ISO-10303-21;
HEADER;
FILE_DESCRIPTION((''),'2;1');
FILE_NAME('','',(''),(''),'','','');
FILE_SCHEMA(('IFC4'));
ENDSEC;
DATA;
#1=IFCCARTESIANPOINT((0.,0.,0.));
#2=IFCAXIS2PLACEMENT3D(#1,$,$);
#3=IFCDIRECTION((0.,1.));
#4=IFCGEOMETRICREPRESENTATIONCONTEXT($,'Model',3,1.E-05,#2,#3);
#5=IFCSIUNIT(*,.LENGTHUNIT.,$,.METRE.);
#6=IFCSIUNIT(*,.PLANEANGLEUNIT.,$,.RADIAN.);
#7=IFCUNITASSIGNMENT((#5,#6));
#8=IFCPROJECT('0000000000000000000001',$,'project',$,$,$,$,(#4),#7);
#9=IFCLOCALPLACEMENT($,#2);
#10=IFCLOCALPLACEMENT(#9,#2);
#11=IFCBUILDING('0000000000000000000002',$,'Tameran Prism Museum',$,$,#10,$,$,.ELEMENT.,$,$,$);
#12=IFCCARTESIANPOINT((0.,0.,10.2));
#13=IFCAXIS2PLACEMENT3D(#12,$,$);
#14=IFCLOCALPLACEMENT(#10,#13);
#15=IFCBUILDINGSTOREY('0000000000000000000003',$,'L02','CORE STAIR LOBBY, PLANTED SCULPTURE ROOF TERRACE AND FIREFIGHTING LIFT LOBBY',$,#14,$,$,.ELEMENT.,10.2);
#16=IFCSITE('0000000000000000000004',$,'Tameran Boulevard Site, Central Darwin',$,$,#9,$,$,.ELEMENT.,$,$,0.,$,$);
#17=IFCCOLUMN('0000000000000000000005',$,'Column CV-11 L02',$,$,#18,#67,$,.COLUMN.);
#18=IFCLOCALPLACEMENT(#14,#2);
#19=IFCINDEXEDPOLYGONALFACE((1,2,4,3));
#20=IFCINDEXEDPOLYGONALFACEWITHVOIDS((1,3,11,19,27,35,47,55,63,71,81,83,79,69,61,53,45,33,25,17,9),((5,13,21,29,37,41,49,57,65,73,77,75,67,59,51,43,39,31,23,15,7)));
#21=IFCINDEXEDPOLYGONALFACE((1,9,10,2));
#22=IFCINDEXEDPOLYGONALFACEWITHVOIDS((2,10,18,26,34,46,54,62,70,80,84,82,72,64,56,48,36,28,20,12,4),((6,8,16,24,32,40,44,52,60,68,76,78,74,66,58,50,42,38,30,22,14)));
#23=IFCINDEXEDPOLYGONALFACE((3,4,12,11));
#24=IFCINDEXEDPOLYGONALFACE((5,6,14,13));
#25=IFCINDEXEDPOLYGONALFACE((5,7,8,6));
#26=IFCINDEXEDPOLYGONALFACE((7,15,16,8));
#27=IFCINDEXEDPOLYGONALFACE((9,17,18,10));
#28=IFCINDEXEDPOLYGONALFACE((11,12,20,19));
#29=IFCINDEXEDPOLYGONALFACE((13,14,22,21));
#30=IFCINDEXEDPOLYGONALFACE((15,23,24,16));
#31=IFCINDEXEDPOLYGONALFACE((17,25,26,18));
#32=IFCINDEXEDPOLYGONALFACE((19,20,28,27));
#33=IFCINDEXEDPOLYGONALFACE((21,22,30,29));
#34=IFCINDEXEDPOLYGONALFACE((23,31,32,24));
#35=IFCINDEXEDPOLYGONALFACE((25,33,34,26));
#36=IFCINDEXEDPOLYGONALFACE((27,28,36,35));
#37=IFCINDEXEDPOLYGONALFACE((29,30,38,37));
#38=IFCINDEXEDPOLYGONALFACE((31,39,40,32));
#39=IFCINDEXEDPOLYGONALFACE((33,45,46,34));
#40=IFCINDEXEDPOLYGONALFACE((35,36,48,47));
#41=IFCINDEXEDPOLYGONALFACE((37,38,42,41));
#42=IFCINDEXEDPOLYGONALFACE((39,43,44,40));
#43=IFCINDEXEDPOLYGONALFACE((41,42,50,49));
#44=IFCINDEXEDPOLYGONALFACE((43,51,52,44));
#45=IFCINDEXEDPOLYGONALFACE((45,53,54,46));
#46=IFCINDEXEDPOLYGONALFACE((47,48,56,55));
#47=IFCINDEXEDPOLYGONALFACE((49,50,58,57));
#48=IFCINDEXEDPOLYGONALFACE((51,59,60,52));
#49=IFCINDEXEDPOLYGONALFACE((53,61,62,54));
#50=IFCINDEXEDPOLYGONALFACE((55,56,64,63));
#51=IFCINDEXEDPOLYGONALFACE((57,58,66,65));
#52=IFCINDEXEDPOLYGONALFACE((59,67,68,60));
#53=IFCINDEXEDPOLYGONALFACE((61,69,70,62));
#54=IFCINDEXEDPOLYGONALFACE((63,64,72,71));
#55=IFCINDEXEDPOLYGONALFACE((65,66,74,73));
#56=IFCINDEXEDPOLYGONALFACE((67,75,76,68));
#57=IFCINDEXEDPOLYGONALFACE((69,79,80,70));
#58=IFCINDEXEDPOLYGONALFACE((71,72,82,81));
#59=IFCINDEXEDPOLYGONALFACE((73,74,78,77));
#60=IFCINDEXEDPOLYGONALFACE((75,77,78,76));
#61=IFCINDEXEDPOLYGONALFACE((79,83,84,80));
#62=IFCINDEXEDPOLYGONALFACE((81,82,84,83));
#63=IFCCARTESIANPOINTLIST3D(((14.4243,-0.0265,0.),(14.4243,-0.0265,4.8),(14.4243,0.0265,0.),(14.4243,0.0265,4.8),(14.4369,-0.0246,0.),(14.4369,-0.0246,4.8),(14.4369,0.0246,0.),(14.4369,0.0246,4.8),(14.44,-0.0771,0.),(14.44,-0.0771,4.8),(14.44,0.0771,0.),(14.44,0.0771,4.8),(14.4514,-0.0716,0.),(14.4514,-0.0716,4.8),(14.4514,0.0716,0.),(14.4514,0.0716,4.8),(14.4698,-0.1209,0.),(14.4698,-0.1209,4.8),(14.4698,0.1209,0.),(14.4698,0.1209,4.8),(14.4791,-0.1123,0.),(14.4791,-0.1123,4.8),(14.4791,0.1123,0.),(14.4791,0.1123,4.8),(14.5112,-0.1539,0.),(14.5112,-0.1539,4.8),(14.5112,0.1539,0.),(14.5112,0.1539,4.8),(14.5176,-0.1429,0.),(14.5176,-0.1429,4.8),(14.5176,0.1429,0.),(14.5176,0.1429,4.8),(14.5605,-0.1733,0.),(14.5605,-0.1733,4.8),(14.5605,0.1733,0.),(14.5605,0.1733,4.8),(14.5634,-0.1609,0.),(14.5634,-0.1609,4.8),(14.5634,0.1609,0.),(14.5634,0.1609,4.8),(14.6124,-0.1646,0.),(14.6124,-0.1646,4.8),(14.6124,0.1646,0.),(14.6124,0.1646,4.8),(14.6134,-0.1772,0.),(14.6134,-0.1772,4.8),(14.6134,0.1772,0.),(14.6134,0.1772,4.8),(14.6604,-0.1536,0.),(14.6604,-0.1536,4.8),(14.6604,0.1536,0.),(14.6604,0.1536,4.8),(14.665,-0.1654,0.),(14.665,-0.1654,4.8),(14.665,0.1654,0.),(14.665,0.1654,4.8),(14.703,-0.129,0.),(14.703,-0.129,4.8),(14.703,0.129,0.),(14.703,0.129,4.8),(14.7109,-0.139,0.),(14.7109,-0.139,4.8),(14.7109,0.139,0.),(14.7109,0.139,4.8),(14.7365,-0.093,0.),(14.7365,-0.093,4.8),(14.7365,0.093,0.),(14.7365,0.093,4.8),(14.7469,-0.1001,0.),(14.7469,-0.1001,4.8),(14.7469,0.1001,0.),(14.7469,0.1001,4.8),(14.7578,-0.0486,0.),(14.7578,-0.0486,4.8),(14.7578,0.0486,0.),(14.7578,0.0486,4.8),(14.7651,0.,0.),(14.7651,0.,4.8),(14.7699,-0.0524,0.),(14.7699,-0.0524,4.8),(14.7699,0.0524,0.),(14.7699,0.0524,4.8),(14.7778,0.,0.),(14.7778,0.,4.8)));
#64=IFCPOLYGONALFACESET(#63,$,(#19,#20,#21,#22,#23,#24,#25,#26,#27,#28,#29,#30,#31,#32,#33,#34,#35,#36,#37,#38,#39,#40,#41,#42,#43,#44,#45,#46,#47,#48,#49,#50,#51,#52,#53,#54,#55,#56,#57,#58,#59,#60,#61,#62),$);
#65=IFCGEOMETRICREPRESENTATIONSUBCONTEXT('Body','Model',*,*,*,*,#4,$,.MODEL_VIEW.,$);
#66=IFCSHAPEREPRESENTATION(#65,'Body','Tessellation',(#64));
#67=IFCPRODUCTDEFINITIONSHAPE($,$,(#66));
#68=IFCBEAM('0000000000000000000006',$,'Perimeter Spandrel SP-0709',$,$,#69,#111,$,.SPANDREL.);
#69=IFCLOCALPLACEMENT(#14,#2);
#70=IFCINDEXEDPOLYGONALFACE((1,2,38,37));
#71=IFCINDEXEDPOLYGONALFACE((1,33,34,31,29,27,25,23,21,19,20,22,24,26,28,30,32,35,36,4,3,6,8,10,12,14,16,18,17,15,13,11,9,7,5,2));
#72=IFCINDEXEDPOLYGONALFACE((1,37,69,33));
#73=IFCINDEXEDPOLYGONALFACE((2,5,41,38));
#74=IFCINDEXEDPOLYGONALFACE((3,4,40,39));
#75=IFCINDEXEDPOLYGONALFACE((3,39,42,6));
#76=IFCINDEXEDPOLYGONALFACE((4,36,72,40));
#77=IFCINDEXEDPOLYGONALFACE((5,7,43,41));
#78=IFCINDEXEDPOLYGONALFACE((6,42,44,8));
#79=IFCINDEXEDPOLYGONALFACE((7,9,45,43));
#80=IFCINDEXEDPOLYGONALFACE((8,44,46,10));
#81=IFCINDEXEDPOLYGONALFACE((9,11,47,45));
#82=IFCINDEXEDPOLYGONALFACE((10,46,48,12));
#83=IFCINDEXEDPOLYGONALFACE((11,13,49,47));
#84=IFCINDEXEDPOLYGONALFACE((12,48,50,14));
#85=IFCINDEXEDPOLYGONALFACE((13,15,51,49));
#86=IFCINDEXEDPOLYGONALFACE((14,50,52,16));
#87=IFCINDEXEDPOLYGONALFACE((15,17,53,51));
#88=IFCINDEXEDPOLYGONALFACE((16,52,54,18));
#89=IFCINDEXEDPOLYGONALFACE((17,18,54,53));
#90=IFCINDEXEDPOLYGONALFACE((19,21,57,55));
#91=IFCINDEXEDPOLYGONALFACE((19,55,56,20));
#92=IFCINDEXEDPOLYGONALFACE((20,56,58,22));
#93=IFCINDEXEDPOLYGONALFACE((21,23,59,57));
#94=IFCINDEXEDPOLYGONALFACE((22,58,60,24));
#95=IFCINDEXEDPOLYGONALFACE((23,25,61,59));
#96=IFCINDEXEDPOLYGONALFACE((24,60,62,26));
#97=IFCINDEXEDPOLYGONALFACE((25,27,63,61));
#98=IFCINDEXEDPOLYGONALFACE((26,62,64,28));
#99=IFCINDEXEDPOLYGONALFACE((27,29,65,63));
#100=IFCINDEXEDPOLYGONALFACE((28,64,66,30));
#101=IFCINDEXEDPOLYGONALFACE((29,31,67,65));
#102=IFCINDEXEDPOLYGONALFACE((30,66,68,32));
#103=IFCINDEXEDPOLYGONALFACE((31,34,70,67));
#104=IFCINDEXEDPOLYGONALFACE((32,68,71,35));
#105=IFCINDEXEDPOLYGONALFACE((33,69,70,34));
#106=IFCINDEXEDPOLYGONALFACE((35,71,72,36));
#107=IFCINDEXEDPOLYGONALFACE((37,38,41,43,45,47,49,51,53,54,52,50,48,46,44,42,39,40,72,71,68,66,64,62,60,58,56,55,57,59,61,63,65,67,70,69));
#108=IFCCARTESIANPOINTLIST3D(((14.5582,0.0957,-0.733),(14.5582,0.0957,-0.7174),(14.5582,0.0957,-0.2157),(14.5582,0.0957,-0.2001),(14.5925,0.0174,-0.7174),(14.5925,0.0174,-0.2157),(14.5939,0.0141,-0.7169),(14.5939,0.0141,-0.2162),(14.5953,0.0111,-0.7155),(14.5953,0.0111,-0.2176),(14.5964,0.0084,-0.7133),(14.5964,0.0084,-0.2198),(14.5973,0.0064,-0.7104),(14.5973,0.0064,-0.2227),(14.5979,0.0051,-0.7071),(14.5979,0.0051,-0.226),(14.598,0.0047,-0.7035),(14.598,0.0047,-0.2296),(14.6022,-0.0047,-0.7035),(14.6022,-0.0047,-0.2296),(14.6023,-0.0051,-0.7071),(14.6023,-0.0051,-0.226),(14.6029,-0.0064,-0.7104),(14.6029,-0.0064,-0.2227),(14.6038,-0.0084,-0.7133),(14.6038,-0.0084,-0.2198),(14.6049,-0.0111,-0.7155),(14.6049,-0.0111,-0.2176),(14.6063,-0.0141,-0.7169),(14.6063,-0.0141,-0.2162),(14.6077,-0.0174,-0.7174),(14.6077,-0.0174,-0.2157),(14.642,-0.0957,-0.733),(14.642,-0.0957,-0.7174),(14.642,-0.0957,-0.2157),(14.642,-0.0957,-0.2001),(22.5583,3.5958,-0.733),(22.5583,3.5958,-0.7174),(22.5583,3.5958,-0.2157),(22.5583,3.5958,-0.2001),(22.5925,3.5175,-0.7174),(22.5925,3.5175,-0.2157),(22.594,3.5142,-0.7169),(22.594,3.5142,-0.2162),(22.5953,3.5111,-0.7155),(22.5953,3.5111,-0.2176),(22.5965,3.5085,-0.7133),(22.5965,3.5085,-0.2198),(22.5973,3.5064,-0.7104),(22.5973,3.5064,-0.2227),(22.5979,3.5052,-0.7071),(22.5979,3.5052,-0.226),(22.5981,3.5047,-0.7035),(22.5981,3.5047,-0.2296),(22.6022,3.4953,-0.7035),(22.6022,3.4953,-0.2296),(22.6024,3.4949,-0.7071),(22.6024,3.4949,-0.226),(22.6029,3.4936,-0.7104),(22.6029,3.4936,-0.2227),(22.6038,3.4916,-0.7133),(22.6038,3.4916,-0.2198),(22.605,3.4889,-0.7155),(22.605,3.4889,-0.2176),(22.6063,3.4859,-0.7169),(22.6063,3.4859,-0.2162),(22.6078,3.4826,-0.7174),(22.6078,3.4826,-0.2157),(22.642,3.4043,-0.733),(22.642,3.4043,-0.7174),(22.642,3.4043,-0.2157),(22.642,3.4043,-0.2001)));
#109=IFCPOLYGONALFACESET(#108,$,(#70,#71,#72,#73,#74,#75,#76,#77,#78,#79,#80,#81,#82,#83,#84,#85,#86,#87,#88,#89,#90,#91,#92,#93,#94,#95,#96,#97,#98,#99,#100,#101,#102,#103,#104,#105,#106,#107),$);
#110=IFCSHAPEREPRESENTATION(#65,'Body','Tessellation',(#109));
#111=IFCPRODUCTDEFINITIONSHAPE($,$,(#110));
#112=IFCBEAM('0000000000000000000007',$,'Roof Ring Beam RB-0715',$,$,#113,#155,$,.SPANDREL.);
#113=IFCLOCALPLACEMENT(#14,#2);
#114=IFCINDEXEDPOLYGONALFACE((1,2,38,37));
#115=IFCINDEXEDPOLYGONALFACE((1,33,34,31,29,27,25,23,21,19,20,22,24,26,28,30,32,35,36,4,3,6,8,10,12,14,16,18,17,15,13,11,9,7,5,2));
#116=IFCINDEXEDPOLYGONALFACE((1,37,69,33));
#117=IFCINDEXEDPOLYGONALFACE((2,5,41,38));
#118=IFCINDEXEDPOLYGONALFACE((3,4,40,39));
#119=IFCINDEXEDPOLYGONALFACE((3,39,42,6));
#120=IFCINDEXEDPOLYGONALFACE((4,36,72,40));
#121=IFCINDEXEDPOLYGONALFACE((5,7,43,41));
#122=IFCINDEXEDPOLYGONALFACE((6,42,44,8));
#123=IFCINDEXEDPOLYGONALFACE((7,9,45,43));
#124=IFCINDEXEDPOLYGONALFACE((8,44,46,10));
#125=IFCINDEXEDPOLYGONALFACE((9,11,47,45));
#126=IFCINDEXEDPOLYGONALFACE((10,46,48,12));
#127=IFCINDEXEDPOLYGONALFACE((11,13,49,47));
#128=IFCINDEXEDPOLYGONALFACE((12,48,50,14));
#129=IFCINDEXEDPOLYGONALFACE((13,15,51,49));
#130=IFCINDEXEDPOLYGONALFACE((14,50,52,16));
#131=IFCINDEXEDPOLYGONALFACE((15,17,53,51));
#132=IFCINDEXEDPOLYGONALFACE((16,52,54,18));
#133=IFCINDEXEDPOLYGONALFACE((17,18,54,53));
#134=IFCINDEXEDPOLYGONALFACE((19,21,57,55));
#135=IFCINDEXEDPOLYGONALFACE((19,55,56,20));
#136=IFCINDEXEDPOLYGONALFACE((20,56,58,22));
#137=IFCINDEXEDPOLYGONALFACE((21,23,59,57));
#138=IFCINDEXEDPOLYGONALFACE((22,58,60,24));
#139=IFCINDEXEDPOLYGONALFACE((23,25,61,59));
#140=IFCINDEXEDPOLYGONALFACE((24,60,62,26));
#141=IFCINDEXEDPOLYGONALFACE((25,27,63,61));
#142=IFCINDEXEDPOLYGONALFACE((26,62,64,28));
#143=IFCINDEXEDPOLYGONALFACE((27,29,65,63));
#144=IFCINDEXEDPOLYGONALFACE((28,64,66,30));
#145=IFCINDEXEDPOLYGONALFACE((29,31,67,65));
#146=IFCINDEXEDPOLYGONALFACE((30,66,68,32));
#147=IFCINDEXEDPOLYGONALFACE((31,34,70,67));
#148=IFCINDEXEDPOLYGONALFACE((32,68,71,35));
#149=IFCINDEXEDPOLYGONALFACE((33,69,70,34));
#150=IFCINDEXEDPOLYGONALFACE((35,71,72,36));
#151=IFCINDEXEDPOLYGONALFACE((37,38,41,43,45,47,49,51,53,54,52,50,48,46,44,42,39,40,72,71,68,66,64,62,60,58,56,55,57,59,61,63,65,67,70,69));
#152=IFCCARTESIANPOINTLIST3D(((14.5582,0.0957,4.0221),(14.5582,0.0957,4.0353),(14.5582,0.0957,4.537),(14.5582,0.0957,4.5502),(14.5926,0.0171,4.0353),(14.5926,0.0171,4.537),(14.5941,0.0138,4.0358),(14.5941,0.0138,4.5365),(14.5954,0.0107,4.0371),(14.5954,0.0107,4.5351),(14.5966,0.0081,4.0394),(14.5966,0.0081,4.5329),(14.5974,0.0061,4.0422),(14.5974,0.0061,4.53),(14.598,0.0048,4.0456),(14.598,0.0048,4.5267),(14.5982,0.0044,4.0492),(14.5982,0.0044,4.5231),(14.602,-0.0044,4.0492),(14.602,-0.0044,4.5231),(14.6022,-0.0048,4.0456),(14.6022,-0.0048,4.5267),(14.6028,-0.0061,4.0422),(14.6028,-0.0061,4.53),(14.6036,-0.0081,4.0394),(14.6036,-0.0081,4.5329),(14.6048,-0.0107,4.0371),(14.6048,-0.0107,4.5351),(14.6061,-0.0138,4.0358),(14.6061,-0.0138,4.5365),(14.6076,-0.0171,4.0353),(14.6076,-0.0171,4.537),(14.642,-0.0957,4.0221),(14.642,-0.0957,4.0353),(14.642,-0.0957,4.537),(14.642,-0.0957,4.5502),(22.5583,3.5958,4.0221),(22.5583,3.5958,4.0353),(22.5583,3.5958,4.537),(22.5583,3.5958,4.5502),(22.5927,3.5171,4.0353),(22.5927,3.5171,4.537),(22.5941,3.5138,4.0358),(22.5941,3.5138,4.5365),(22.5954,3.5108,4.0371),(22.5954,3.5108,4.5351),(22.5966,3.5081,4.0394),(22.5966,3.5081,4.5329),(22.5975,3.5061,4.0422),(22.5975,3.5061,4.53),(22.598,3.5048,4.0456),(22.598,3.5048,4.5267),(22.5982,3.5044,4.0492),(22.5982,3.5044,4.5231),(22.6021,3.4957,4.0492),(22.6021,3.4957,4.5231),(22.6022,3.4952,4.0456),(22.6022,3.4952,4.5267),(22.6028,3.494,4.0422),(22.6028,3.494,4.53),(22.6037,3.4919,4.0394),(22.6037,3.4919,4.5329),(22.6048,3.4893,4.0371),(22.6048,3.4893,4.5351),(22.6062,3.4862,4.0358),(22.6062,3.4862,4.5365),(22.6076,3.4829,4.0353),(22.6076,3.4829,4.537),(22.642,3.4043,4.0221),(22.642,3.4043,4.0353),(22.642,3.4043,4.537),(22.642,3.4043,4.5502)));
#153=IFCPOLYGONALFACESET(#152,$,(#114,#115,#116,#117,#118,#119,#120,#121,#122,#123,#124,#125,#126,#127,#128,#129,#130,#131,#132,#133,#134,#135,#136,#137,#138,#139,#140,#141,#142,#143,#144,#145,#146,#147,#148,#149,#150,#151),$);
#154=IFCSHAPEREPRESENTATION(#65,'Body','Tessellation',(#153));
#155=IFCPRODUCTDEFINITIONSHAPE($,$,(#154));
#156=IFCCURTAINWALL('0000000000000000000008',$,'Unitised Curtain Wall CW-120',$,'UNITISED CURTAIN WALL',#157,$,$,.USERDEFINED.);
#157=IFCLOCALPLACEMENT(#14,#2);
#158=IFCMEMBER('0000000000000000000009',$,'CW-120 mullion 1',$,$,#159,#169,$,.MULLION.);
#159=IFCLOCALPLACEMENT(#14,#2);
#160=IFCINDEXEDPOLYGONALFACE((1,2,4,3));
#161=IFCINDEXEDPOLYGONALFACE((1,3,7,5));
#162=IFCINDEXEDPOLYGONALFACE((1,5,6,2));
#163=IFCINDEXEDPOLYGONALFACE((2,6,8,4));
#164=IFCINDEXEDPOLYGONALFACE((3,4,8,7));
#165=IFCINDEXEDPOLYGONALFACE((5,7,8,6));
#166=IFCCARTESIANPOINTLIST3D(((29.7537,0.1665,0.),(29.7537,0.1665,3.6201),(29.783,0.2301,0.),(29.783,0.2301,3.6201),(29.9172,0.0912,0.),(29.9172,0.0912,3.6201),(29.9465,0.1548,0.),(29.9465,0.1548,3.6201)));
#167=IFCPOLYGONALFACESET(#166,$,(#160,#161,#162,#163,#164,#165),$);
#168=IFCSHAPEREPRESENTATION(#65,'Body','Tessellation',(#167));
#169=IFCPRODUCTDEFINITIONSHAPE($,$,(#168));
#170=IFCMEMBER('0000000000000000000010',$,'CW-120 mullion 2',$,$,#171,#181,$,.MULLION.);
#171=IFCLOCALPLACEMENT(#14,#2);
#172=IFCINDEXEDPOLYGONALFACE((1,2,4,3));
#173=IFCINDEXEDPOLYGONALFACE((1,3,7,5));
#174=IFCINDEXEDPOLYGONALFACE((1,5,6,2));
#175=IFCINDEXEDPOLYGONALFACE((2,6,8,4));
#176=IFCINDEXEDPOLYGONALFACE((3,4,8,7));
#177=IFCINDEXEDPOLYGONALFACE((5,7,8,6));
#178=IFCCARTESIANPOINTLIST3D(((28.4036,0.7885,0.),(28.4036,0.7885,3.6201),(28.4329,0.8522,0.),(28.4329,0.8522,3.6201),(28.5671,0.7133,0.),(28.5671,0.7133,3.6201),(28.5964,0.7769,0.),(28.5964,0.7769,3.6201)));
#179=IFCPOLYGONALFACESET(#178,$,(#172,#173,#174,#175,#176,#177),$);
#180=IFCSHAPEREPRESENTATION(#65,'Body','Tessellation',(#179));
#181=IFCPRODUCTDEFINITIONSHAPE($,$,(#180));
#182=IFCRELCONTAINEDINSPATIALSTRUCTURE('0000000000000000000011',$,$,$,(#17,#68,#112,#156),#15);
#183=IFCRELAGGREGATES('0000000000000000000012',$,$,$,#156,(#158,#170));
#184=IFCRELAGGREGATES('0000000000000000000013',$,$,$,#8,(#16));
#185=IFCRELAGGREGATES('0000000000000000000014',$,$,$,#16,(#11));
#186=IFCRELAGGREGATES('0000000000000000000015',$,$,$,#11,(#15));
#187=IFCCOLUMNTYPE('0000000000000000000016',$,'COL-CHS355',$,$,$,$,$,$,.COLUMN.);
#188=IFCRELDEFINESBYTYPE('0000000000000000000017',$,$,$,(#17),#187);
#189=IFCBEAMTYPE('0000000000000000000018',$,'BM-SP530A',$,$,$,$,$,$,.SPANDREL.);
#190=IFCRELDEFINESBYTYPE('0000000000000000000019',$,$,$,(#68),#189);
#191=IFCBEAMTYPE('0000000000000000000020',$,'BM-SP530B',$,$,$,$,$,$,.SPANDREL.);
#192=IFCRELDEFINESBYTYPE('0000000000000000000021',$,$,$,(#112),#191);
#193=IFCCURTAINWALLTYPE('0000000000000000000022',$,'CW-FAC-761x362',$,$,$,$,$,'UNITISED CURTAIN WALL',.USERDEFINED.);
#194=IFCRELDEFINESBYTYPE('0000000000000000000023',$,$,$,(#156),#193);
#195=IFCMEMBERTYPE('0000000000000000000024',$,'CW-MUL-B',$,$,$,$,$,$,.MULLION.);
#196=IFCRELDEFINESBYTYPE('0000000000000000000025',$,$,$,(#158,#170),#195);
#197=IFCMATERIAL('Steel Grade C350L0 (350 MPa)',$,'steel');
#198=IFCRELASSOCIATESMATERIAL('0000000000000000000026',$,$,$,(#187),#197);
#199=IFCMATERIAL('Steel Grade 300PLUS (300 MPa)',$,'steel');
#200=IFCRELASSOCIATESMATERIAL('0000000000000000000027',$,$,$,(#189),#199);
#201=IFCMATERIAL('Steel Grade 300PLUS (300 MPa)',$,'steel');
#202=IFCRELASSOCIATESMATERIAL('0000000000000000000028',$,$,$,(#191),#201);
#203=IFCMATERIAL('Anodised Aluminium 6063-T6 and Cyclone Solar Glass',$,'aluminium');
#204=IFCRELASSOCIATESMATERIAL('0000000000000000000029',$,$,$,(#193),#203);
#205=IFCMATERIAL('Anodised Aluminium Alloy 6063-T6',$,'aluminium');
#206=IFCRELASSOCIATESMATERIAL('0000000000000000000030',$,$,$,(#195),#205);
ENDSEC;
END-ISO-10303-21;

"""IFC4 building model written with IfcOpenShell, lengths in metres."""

from ifc_helpers import new_model, si_unit, direction, frame, origin, origin_2d, place, context, subcontext, project, spatial, rectangle, hollow_circle, i_section, extrude, material, material_profile, profile_set, type_object, element, aggregate, save


model = new_model("IFC4")

# Units and contexts
model_context = context("Model", 3, precision=1e-05, world=origin(), true_north=direction((0.0, 1.0)))
body_context = subcontext(model_context, "Body", "Model", "MODEL_VIEW")
ifc_project = project(units=[si_unit("LENGTHUNIT", "METRE"), si_unit("PLANEANGLEUNIT", "RADIAN")], contexts=[model_context])

# Site, building, storey
site_placement = place(None, origin())
site = spatial("IfcSite", under=ifc_project, at=site_placement, Name="Tameran Boulevard Site, Central Darwin", CompositionType="ELEMENT", RefElevation=0.0)
building_placement = place(site_placement, origin())
building = spatial("IfcBuilding", under=site, at=building_placement, Name="Tameran Prism Museum", CompositionType="ELEMENT")
storey_placement = place(building_placement, frame((0.0, 0.0, 10.2)))
storey = spatial("IfcBuildingStorey", under=building, at=storey_placement, Name="L02", Description="CORE STAIR LOBBY, PLANTED SCULPTURE ROOF TERRACE AND FIREFIGHTING LIFT LOBBY", CompositionType="ELEMENT", Elevation=10.2)

# Column
ifc_material_1 = material(Name="Steel Grade C350L0 (350 MPa)", Category="steel")
ifc_material_profile_1 = material_profile(ifc_material_1, hollow_circle(Radius=0.1777, WallThickness=0.0127, at=origin_2d()))
ifc_profile_set_1 = profile_set([ifc_material_profile_1])
column_type = type_object("IfcColumnType", Name="COL-CHS355", PredefinedType="COLUMN", material=ifc_profile_set_1)
column_placement = place(storey_placement, frame((14.6001, 0.0, 0.0), z_axis=(0.0, 0.0, 1.0), x_axis=(1.0, 0.0, 0.0)))
element("IfcColumn", 1, at=column_placement, inside=storey, type_object=column_type, Name="Column CV-11 L02", PredefinedType="COLUMN", context=body_context, shape_type="SweptSolid", body=[
    extrude(hollow_circle(Radius=0.1777, WallThickness=0.0127, at=origin_2d()), origin(), (0.0, 0.0, 1.0), 4.8),
])

# Beams
ifc_material_2 = material(Name="Steel Grade 300PLUS (300 MPa)", Category="steel")
ifc_material_profile_2 = material_profile(ifc_material_2, i_section(OverallWidth=0.209, OverallDepth=0.533, WebThickness=0.0103, FlangeThickness=0.0156, FilletRadius=0.0139, at=origin_2d()))
ifc_profile_set_2 = profile_set([ifc_material_profile_2])
beam_type_1 = type_object("IfcBeamType", Name="BM-SP530A", PredefinedType="SPANDREL", material=ifc_profile_set_2)
beam_1_placement = place(storey_placement, frame((14.6001, 0.0, -0.4666), z_axis=(0.916157, 0.400819, 0.0), x_axis=(-0.400819, 0.916157, 0.0)))
element("IfcBeam", 2, at=beam_1_placement, inside=storey, type_object=beam_type_1, Name="Perimeter Spandrel SP-0709", PredefinedType="SPANDREL", context=body_context, shape_type="SweptSolid", body=[
    extrude(i_section(OverallWidth=0.209, OverallDepth=0.533, WebThickness=0.0103, FlangeThickness=0.0156, FilletRadius=0.0139, at=origin_2d()), origin(), (0.0, 0.0, 1.0), 8.7322),
])
ifc_material_3 = material(Name="Steel Grade 300PLUS (300 MPa)", Category="steel")
ifc_material_profile_3 = material_profile(ifc_material_3, i_section(OverallWidth=0.209, OverallDepth=0.5281, WebThickness=0.0095, FlangeThickness=0.0132, FilletRadius=0.0139, at=origin_2d()))
ifc_profile_set_3 = profile_set([ifc_material_profile_3])
beam_type_2 = type_object("IfcBeamType", Name="BM-SP530B", PredefinedType="SPANDREL", material=ifc_profile_set_3)
beam_2_placement = place(storey_placement, frame((14.6001, 0.0, 4.2861), z_axis=(0.916157, 0.400819, 0.0), x_axis=(-0.400819, 0.916157, 0.0)))
element("IfcBeam", 3, at=beam_2_placement, inside=storey, type_object=beam_type_2, Name="Roof Ring Beam RB-0715", PredefinedType="SPANDREL", context=body_context, shape_type="SweptSolid", body=[
    extrude(i_section(OverallWidth=0.209, OverallDepth=0.5281, WebThickness=0.0095, FlangeThickness=0.0132, FilletRadius=0.0139, at=origin_2d()), origin(), (0.0, 0.0, 1.0), 8.7322),
])

# Curtain wall, members
ifc_material_4 = material(Name="Anodised Aluminium 6063-T6 and Cyclone Solar Glass", Category="aluminium")
curtain_wall_type = type_object("IfcCurtainWallType", Name="CW-FAC-761x362", ElementType="UNITISED CURTAIN WALL", PredefinedType="USERDEFINED", material=ifc_material_4)
curtain_wall_placement = place(storey_placement, origin())
curtain_wall = element("IfcCurtainWall", 4, at=curtain_wall_placement, inside=storey, type_object=curtain_wall_type, Name="Unitised Curtain Wall CW-120", ObjectType="UNITISED CURTAIN WALL", PredefinedType="USERDEFINED")
ifc_material_5 = material(Name="Anodised Aluminium Alloy 6063-T6", Category="aluminium")
ifc_material_profile_4 = material_profile(ifc_material_5, rectangle(XDim=0.0701, YDim=0.1799, at=origin_2d()))
ifc_profile_set_4 = profile_set([ifc_material_profile_4])
member_type_1 = type_object("IfcMemberType", Name="CW-MUL-B", PredefinedType="MULLION", material=ifc_profile_set_4)
member_1_placement = place(storey_placement, frame((29.8501, 0.1606, 0.0), z_axis=(0.0, 0.0, 1.0), x_axis=(-0.418383, -0.908271, 0.0)))
member_1 = element("IfcMember", 5, at=member_1_placement, type_object=member_type_1, Name="CW-120 mullion 1", PredefinedType="MULLION", context=body_context, shape_type="SweptSolid", body=[
    extrude(rectangle(XDim=0.0701, YDim=0.1799, at=origin_2d()), origin(), (0.0, 0.0, 1.0), 3.6201),
])
member_2_placement = place(storey_placement, frame((28.5, 0.7827, 0.0), z_axis=(0.0, 0.0, 1.0), x_axis=(-0.418383, -0.908271, 0.0)))
member_2 = element("IfcMember", 6, at=member_2_placement, type_object=member_type_1, Name="CW-120 mullion 2", PredefinedType="MULLION", context=body_context, shape_type="SweptSolid", body=[
    extrude(rectangle(XDim=0.0701, YDim=0.1799, at=origin_2d()), origin(), (0.0, 0.0, 1.0), 3.6201),
])
aggregate(curtain_wall, [member_1, member_2])

save(model, "model.ifc")
